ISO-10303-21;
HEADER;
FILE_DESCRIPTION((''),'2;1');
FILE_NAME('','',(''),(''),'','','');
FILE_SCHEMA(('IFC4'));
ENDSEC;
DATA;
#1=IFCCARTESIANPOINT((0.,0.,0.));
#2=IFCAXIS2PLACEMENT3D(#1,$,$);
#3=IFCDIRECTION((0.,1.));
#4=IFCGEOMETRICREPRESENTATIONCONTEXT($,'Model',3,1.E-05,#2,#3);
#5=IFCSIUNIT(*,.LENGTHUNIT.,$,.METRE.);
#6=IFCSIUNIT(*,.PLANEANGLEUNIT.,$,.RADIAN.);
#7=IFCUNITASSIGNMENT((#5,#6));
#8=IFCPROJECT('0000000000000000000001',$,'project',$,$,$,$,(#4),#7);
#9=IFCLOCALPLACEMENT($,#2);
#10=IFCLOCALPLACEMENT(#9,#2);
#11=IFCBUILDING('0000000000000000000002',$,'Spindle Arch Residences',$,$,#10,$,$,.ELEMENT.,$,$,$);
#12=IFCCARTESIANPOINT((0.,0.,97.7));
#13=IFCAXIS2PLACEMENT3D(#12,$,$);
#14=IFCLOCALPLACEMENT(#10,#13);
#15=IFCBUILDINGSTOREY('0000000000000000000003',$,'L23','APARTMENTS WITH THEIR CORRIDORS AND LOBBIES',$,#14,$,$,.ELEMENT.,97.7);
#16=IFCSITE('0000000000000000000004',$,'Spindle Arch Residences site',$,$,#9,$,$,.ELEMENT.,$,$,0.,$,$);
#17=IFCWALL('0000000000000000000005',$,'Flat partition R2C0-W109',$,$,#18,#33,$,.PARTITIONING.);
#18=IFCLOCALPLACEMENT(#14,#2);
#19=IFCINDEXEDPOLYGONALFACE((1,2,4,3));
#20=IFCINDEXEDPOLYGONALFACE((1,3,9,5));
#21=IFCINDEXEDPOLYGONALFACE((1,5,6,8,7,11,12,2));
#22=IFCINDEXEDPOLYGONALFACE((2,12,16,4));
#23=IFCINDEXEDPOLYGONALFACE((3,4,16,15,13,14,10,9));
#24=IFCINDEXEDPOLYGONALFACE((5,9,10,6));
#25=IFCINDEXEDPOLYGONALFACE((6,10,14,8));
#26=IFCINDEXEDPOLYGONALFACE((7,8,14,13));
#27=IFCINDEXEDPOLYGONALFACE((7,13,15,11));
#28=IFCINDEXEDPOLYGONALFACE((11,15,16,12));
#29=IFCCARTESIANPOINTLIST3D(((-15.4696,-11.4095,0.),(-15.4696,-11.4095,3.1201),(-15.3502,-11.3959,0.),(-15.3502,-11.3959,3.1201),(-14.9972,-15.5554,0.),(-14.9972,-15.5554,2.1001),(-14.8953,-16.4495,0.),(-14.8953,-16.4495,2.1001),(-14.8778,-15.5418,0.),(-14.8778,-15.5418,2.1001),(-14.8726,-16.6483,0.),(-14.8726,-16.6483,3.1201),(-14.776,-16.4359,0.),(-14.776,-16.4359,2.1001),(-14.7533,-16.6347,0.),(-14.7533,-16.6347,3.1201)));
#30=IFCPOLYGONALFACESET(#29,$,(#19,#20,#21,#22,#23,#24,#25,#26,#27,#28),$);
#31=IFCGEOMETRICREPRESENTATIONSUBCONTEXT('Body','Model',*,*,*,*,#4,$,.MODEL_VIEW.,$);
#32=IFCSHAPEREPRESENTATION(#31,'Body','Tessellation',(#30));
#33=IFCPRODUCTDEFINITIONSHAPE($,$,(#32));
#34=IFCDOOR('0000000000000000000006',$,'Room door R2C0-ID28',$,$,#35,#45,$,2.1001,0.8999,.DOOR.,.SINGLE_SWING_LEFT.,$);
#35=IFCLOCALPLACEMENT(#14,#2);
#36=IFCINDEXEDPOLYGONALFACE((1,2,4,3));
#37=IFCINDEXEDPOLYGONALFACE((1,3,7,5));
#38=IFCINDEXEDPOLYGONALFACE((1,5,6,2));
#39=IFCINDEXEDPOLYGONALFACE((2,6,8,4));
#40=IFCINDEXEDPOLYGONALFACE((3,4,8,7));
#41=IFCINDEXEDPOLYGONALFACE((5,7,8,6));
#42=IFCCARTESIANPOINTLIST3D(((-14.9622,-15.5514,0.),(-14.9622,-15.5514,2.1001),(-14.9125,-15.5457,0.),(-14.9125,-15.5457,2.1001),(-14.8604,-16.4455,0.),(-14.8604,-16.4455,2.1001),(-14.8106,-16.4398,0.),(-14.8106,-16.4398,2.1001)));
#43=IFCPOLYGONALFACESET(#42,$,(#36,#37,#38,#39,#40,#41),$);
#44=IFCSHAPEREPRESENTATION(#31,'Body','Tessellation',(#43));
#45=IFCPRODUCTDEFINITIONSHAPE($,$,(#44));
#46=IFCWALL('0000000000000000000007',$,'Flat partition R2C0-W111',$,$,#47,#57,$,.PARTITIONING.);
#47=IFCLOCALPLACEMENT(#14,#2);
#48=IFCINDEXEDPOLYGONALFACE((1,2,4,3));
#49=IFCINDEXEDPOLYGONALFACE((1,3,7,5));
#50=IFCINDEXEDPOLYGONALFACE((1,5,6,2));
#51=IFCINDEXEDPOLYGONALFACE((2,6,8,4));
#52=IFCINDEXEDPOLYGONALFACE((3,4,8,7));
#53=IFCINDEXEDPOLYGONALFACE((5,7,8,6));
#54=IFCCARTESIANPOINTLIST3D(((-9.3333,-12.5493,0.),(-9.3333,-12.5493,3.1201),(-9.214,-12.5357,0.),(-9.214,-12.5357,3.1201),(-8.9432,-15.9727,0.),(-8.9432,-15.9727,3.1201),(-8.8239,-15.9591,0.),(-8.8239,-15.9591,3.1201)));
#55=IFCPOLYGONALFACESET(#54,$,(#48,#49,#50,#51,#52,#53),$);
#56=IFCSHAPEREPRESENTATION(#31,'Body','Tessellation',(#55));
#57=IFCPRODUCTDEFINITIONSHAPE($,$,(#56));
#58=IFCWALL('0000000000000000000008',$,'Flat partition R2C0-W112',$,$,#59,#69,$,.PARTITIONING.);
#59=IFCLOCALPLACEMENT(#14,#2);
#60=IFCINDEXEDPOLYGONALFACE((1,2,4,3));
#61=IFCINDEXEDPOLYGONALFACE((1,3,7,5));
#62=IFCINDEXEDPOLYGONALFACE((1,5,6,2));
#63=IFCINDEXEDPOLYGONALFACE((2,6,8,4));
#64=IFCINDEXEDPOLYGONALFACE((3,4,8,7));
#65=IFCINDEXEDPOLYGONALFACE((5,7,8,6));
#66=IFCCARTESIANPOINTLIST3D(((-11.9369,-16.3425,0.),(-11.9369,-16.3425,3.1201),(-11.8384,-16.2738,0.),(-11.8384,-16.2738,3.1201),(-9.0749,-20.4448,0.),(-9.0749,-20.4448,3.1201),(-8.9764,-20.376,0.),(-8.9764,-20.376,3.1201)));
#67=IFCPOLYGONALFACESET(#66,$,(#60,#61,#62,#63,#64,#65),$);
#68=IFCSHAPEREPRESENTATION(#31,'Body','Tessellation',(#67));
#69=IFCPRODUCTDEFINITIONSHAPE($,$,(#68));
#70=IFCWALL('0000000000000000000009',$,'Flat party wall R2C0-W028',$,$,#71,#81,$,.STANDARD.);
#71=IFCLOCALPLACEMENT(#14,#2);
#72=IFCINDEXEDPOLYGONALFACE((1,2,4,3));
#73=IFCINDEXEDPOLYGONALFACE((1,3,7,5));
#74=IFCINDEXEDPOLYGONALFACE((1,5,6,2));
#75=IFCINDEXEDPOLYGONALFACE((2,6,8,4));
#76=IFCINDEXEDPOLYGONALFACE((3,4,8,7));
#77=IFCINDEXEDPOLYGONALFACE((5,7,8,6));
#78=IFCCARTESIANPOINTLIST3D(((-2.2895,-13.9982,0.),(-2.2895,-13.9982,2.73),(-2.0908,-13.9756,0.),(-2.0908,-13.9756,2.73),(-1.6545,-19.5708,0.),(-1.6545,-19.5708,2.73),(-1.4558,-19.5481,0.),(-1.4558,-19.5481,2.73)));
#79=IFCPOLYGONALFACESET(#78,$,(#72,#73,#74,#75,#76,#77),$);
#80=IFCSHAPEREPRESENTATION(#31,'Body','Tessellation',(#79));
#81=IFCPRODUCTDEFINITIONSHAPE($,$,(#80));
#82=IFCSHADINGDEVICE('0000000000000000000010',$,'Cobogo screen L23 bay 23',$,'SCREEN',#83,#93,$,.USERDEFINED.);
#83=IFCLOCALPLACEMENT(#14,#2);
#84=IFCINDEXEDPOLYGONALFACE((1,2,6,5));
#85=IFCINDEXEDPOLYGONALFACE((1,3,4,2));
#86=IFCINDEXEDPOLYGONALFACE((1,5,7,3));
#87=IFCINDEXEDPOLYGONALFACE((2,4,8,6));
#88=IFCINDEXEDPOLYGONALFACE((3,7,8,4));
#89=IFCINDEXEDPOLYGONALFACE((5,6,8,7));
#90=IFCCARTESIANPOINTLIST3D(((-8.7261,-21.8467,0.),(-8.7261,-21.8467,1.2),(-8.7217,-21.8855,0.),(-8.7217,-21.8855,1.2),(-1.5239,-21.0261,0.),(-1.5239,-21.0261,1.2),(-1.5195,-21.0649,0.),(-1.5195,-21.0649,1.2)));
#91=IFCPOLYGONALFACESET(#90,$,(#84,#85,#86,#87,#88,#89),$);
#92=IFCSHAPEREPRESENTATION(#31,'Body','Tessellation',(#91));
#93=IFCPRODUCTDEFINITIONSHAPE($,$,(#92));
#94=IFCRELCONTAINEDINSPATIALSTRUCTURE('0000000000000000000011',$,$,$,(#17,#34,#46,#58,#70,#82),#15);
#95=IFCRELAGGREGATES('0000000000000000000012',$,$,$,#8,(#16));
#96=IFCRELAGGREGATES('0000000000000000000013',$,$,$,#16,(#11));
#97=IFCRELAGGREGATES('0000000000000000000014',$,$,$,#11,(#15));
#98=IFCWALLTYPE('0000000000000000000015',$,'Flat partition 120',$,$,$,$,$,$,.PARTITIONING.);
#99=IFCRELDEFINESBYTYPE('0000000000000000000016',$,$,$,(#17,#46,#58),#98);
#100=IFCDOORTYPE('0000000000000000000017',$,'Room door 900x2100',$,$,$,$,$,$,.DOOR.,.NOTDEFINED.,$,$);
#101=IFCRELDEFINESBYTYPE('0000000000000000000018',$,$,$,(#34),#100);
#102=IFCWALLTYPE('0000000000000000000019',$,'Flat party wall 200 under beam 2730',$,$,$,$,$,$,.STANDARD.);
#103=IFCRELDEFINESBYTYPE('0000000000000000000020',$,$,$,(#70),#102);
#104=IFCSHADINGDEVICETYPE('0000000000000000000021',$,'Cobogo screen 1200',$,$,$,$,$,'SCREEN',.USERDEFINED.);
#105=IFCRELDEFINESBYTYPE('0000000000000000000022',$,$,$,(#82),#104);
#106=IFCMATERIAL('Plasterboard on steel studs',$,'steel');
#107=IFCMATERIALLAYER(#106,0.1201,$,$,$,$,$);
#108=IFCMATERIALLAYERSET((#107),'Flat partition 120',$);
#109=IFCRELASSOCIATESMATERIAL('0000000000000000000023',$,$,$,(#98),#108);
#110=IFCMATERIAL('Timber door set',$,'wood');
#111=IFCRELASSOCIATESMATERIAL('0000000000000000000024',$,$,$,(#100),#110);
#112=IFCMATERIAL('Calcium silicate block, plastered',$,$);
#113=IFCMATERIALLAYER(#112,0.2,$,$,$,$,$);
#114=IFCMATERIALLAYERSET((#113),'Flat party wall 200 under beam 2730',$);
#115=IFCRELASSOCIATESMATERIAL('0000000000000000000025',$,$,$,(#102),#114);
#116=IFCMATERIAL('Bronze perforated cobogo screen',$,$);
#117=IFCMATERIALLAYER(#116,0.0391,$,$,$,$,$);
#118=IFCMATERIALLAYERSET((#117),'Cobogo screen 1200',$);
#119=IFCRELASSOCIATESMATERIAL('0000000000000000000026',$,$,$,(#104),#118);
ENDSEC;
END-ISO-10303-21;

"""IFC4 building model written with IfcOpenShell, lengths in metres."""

from ifc_helpers import new_model, si_unit, direction, frame, frame_2d, origin, origin_2d, place, context, subcontext, project, spatial, rectangle, extrude, material, layer, layer_set, type_object, element, fill, save


model = new_model("IFC4")

# Units and contexts
model_context = context("Model", 3, precision=1e-05, world=origin(), true_north=direction((0.0, 1.0)))
body_context = subcontext(model_context, "Body", "Model", "MODEL_VIEW")
ifc_project = project(units=[si_unit("LENGTHUNIT", "METRE"), si_unit("PLANEANGLEUNIT", "RADIAN")], contexts=[model_context])

# Site, building, storey
site_placement = place(None, origin())
site = spatial("IfcSite", under=ifc_project, at=site_placement, Name="Spindle Arch Residences site", CompositionType="ELEMENT", RefElevation=0.0)
building_placement = place(site_placement, origin())
building = spatial("IfcBuilding", under=site, at=building_placement, Name="Spindle Arch Residences", CompositionType="ELEMENT")
storey_placement = place(building_placement, frame((0.0, 0.0, 97.7)))
storey = spatial("IfcBuildingStorey", under=building, at=storey_placement, Name="L23", Description="APARTMENTS WITH THEIR CORRIDORS AND LOBBIES", CompositionType="ELEMENT", Elevation=97.7)

# Wall, opening, door
ifc_material_1 = material(Name="Plasterboard on steel studs", Category="steel")
ifc_layer_1 = layer(ifc_material_1, 0.1201)
ifc_layer_set_1 = layer_set([ifc_layer_1], Name="Flat partition 120")
wall_type_1 = type_object("IfcWallType", Name="Flat partition 120", PredefinedType="PARTITIONING", material=ifc_layer_set_1)
ifc_material_2 = material(Name="Timber door set", Category="wood")
door_type_1 = type_object("IfcDoorType", Name="Room door 900x2100", OperationType="NOTDEFINED", PredefinedType="DOOR", material=ifc_material_2)
wall_1_placement = place(storey_placement, frame((-14.813, -16.6414, 0.0), z_axis=(0.0, 0.0, 1.0), x_axis=(-0.113211, 0.993571, 0.0)))
wall_1 = element("IfcWall", 1, at=wall_1_placement, inside=storey, type_object=wall_type_1, Name="Flat partition R2C0-W109", PredefinedType="PARTITIONING", context=body_context, shape_type="SweptSolid", body=[
    extrude(rectangle(XDim=5.2727, YDim=0.1201, at=frame_2d((2.6362, 0.0))), origin(), (0.0, 0.0, 1.0), 3.1201),
])
opening_1_placement = place(wall_1_placement, frame((0.2, 0.0, 0.0)))
opening_1 = element("IfcOpeningElement", 2, at=opening_1_placement, cuts=wall_1, PredefinedType="OPENING", context=body_context, shape_type="SweptSolid", body=[
    extrude(rectangle(XDim=0.8999, YDim=2.1001, at=frame_2d((0.45, 1.05))), frame((0.0, 0.0701, 0.0), z_axis=(0.0, -1.0, 0.0), x_axis=(1.0, 0.0, 0.0)), (0.0, 0.0, 1.0), 0.1401),
])
door_1_placement = place(opening_1_placement, origin())
door_1 = element("IfcDoor", 3, at=door_1_placement, inside=storey, type_object=door_type_1, Name="Room door R2C0-ID28", OperationType="SINGLE_SWING_LEFT", OverallHeight=2.1001, OverallWidth=0.8999, PredefinedType="DOOR", context=body_context, shape_type="SweptSolid", body=[
    extrude(rectangle(XDim=0.8999, YDim=2.1001, at=frame_2d((0.45, 1.05))), frame((0.0, 0.0249, 0.0), z_axis=(0.0, -1.0, 0.0), x_axis=(1.0, 0.0, 0.0)), (0.0, 0.0, 1.0), 0.05),
])
fill(opening_1, door_1)

# Walls
wall_2_placement = place(storey_placement, frame((-8.8835, -15.9658, 0.0), z_axis=(0.0, 0.0, 1.0), x_axis=(-0.113231, 0.993569, 0.0)))
element("IfcWall", 4, at=wall_2_placement, inside=storey, type_object=wall_type_1, Name="Flat partition R2C0-W111", PredefinedType="PARTITIONING", context=body_context, shape_type="SweptSolid", body=[
    extrude(rectangle(XDim=3.4456, YDim=0.1201, at=frame_2d((1.7227, 0.0))), origin(), (0.0, 0.0, 1.0), 3.1201),
])
wall_3_placement = place(storey_placement, frame((-9.0256, -20.4104, 0.0), z_axis=(0.0, 0.0, 1.0), x_axis=(-0.572181, 0.820127, 0.0)))
element("IfcWall", 5, at=wall_3_placement, inside=storey, type_object=wall_type_1, Name="Flat partition R2C0-W112", PredefinedType="PARTITIONING", context=body_context, shape_type="SweptSolid", body=[
    extrude(rectangle(XDim=5.002, YDim=0.1201, at=frame_2d((2.501, 0.0))), origin(), (0.0, 0.0, 1.0), 3.1201),
])
ifc_material_3 = material(Name="Calcium silicate block, plastered")
ifc_layer_2 = layer(ifc_material_3, 0.2)
ifc_layer_set_2 = layer_set([ifc_layer_2], Name="Flat party wall 200 under beam 2730")
wall_type_2 = type_object("IfcWallType", Name="Flat party wall 200 under beam 2730", PredefinedType="STANDARD", material=ifc_layer_set_2)
wall_4_placement = place(storey_placement, frame((-1.5552, -19.5593, 0.0), z_axis=(0.0, 0.0, 1.0), x_axis=(-0.113221, 0.99357, 0.0)))
element("IfcWall", 6, at=wall_4_placement, inside=storey, type_object=wall_type_2, Name="Flat party wall R2C0-W028", PredefinedType="STANDARD", context=body_context, shape_type="SweptSolid", body=[
    extrude(rectangle(XDim=5.6086, YDim=0.2, at=frame_2d((2.8042, 0.0))), origin(), (0.0, 0.0, 1.0), 2.73),
])

# Shading device
ifc_material_4 = material(Name="Bronze perforated cobogo screen")
ifc_layer_3 = layer(ifc_material_4, 0.0391)
ifc_layer_set_3 = layer_set([ifc_layer_3], Name="Cobogo screen 1200")
shading_device_type = type_object("IfcShadingDeviceType", Name="Cobogo screen 1200", ElementType="SCREEN", PredefinedType="USERDEFINED", material=ifc_layer_set_3)
shading_device_placement = place(storey_placement, frame((-5.1228, -21.4558, 0.0), z_axis=(0.0, 0.0, 1.0), x_axis=(0.993572, 0.113203, 0.0)))
element("IfcShadingDevice", 7, at=shading_device_placement, inside=storey, type_object=shading_device_type, Name="Cobogo screen L23 bay 23", ObjectType="SCREEN", PredefinedType="USERDEFINED", context=body_context, shape_type="SweptSolid", body=[
    extrude(rectangle(XDim=7.2488, YDim=0.0391, at=origin_2d()), origin(), (0.0, 0.0, 1.0), 1.2),
])

save(model, "model.ifc")
